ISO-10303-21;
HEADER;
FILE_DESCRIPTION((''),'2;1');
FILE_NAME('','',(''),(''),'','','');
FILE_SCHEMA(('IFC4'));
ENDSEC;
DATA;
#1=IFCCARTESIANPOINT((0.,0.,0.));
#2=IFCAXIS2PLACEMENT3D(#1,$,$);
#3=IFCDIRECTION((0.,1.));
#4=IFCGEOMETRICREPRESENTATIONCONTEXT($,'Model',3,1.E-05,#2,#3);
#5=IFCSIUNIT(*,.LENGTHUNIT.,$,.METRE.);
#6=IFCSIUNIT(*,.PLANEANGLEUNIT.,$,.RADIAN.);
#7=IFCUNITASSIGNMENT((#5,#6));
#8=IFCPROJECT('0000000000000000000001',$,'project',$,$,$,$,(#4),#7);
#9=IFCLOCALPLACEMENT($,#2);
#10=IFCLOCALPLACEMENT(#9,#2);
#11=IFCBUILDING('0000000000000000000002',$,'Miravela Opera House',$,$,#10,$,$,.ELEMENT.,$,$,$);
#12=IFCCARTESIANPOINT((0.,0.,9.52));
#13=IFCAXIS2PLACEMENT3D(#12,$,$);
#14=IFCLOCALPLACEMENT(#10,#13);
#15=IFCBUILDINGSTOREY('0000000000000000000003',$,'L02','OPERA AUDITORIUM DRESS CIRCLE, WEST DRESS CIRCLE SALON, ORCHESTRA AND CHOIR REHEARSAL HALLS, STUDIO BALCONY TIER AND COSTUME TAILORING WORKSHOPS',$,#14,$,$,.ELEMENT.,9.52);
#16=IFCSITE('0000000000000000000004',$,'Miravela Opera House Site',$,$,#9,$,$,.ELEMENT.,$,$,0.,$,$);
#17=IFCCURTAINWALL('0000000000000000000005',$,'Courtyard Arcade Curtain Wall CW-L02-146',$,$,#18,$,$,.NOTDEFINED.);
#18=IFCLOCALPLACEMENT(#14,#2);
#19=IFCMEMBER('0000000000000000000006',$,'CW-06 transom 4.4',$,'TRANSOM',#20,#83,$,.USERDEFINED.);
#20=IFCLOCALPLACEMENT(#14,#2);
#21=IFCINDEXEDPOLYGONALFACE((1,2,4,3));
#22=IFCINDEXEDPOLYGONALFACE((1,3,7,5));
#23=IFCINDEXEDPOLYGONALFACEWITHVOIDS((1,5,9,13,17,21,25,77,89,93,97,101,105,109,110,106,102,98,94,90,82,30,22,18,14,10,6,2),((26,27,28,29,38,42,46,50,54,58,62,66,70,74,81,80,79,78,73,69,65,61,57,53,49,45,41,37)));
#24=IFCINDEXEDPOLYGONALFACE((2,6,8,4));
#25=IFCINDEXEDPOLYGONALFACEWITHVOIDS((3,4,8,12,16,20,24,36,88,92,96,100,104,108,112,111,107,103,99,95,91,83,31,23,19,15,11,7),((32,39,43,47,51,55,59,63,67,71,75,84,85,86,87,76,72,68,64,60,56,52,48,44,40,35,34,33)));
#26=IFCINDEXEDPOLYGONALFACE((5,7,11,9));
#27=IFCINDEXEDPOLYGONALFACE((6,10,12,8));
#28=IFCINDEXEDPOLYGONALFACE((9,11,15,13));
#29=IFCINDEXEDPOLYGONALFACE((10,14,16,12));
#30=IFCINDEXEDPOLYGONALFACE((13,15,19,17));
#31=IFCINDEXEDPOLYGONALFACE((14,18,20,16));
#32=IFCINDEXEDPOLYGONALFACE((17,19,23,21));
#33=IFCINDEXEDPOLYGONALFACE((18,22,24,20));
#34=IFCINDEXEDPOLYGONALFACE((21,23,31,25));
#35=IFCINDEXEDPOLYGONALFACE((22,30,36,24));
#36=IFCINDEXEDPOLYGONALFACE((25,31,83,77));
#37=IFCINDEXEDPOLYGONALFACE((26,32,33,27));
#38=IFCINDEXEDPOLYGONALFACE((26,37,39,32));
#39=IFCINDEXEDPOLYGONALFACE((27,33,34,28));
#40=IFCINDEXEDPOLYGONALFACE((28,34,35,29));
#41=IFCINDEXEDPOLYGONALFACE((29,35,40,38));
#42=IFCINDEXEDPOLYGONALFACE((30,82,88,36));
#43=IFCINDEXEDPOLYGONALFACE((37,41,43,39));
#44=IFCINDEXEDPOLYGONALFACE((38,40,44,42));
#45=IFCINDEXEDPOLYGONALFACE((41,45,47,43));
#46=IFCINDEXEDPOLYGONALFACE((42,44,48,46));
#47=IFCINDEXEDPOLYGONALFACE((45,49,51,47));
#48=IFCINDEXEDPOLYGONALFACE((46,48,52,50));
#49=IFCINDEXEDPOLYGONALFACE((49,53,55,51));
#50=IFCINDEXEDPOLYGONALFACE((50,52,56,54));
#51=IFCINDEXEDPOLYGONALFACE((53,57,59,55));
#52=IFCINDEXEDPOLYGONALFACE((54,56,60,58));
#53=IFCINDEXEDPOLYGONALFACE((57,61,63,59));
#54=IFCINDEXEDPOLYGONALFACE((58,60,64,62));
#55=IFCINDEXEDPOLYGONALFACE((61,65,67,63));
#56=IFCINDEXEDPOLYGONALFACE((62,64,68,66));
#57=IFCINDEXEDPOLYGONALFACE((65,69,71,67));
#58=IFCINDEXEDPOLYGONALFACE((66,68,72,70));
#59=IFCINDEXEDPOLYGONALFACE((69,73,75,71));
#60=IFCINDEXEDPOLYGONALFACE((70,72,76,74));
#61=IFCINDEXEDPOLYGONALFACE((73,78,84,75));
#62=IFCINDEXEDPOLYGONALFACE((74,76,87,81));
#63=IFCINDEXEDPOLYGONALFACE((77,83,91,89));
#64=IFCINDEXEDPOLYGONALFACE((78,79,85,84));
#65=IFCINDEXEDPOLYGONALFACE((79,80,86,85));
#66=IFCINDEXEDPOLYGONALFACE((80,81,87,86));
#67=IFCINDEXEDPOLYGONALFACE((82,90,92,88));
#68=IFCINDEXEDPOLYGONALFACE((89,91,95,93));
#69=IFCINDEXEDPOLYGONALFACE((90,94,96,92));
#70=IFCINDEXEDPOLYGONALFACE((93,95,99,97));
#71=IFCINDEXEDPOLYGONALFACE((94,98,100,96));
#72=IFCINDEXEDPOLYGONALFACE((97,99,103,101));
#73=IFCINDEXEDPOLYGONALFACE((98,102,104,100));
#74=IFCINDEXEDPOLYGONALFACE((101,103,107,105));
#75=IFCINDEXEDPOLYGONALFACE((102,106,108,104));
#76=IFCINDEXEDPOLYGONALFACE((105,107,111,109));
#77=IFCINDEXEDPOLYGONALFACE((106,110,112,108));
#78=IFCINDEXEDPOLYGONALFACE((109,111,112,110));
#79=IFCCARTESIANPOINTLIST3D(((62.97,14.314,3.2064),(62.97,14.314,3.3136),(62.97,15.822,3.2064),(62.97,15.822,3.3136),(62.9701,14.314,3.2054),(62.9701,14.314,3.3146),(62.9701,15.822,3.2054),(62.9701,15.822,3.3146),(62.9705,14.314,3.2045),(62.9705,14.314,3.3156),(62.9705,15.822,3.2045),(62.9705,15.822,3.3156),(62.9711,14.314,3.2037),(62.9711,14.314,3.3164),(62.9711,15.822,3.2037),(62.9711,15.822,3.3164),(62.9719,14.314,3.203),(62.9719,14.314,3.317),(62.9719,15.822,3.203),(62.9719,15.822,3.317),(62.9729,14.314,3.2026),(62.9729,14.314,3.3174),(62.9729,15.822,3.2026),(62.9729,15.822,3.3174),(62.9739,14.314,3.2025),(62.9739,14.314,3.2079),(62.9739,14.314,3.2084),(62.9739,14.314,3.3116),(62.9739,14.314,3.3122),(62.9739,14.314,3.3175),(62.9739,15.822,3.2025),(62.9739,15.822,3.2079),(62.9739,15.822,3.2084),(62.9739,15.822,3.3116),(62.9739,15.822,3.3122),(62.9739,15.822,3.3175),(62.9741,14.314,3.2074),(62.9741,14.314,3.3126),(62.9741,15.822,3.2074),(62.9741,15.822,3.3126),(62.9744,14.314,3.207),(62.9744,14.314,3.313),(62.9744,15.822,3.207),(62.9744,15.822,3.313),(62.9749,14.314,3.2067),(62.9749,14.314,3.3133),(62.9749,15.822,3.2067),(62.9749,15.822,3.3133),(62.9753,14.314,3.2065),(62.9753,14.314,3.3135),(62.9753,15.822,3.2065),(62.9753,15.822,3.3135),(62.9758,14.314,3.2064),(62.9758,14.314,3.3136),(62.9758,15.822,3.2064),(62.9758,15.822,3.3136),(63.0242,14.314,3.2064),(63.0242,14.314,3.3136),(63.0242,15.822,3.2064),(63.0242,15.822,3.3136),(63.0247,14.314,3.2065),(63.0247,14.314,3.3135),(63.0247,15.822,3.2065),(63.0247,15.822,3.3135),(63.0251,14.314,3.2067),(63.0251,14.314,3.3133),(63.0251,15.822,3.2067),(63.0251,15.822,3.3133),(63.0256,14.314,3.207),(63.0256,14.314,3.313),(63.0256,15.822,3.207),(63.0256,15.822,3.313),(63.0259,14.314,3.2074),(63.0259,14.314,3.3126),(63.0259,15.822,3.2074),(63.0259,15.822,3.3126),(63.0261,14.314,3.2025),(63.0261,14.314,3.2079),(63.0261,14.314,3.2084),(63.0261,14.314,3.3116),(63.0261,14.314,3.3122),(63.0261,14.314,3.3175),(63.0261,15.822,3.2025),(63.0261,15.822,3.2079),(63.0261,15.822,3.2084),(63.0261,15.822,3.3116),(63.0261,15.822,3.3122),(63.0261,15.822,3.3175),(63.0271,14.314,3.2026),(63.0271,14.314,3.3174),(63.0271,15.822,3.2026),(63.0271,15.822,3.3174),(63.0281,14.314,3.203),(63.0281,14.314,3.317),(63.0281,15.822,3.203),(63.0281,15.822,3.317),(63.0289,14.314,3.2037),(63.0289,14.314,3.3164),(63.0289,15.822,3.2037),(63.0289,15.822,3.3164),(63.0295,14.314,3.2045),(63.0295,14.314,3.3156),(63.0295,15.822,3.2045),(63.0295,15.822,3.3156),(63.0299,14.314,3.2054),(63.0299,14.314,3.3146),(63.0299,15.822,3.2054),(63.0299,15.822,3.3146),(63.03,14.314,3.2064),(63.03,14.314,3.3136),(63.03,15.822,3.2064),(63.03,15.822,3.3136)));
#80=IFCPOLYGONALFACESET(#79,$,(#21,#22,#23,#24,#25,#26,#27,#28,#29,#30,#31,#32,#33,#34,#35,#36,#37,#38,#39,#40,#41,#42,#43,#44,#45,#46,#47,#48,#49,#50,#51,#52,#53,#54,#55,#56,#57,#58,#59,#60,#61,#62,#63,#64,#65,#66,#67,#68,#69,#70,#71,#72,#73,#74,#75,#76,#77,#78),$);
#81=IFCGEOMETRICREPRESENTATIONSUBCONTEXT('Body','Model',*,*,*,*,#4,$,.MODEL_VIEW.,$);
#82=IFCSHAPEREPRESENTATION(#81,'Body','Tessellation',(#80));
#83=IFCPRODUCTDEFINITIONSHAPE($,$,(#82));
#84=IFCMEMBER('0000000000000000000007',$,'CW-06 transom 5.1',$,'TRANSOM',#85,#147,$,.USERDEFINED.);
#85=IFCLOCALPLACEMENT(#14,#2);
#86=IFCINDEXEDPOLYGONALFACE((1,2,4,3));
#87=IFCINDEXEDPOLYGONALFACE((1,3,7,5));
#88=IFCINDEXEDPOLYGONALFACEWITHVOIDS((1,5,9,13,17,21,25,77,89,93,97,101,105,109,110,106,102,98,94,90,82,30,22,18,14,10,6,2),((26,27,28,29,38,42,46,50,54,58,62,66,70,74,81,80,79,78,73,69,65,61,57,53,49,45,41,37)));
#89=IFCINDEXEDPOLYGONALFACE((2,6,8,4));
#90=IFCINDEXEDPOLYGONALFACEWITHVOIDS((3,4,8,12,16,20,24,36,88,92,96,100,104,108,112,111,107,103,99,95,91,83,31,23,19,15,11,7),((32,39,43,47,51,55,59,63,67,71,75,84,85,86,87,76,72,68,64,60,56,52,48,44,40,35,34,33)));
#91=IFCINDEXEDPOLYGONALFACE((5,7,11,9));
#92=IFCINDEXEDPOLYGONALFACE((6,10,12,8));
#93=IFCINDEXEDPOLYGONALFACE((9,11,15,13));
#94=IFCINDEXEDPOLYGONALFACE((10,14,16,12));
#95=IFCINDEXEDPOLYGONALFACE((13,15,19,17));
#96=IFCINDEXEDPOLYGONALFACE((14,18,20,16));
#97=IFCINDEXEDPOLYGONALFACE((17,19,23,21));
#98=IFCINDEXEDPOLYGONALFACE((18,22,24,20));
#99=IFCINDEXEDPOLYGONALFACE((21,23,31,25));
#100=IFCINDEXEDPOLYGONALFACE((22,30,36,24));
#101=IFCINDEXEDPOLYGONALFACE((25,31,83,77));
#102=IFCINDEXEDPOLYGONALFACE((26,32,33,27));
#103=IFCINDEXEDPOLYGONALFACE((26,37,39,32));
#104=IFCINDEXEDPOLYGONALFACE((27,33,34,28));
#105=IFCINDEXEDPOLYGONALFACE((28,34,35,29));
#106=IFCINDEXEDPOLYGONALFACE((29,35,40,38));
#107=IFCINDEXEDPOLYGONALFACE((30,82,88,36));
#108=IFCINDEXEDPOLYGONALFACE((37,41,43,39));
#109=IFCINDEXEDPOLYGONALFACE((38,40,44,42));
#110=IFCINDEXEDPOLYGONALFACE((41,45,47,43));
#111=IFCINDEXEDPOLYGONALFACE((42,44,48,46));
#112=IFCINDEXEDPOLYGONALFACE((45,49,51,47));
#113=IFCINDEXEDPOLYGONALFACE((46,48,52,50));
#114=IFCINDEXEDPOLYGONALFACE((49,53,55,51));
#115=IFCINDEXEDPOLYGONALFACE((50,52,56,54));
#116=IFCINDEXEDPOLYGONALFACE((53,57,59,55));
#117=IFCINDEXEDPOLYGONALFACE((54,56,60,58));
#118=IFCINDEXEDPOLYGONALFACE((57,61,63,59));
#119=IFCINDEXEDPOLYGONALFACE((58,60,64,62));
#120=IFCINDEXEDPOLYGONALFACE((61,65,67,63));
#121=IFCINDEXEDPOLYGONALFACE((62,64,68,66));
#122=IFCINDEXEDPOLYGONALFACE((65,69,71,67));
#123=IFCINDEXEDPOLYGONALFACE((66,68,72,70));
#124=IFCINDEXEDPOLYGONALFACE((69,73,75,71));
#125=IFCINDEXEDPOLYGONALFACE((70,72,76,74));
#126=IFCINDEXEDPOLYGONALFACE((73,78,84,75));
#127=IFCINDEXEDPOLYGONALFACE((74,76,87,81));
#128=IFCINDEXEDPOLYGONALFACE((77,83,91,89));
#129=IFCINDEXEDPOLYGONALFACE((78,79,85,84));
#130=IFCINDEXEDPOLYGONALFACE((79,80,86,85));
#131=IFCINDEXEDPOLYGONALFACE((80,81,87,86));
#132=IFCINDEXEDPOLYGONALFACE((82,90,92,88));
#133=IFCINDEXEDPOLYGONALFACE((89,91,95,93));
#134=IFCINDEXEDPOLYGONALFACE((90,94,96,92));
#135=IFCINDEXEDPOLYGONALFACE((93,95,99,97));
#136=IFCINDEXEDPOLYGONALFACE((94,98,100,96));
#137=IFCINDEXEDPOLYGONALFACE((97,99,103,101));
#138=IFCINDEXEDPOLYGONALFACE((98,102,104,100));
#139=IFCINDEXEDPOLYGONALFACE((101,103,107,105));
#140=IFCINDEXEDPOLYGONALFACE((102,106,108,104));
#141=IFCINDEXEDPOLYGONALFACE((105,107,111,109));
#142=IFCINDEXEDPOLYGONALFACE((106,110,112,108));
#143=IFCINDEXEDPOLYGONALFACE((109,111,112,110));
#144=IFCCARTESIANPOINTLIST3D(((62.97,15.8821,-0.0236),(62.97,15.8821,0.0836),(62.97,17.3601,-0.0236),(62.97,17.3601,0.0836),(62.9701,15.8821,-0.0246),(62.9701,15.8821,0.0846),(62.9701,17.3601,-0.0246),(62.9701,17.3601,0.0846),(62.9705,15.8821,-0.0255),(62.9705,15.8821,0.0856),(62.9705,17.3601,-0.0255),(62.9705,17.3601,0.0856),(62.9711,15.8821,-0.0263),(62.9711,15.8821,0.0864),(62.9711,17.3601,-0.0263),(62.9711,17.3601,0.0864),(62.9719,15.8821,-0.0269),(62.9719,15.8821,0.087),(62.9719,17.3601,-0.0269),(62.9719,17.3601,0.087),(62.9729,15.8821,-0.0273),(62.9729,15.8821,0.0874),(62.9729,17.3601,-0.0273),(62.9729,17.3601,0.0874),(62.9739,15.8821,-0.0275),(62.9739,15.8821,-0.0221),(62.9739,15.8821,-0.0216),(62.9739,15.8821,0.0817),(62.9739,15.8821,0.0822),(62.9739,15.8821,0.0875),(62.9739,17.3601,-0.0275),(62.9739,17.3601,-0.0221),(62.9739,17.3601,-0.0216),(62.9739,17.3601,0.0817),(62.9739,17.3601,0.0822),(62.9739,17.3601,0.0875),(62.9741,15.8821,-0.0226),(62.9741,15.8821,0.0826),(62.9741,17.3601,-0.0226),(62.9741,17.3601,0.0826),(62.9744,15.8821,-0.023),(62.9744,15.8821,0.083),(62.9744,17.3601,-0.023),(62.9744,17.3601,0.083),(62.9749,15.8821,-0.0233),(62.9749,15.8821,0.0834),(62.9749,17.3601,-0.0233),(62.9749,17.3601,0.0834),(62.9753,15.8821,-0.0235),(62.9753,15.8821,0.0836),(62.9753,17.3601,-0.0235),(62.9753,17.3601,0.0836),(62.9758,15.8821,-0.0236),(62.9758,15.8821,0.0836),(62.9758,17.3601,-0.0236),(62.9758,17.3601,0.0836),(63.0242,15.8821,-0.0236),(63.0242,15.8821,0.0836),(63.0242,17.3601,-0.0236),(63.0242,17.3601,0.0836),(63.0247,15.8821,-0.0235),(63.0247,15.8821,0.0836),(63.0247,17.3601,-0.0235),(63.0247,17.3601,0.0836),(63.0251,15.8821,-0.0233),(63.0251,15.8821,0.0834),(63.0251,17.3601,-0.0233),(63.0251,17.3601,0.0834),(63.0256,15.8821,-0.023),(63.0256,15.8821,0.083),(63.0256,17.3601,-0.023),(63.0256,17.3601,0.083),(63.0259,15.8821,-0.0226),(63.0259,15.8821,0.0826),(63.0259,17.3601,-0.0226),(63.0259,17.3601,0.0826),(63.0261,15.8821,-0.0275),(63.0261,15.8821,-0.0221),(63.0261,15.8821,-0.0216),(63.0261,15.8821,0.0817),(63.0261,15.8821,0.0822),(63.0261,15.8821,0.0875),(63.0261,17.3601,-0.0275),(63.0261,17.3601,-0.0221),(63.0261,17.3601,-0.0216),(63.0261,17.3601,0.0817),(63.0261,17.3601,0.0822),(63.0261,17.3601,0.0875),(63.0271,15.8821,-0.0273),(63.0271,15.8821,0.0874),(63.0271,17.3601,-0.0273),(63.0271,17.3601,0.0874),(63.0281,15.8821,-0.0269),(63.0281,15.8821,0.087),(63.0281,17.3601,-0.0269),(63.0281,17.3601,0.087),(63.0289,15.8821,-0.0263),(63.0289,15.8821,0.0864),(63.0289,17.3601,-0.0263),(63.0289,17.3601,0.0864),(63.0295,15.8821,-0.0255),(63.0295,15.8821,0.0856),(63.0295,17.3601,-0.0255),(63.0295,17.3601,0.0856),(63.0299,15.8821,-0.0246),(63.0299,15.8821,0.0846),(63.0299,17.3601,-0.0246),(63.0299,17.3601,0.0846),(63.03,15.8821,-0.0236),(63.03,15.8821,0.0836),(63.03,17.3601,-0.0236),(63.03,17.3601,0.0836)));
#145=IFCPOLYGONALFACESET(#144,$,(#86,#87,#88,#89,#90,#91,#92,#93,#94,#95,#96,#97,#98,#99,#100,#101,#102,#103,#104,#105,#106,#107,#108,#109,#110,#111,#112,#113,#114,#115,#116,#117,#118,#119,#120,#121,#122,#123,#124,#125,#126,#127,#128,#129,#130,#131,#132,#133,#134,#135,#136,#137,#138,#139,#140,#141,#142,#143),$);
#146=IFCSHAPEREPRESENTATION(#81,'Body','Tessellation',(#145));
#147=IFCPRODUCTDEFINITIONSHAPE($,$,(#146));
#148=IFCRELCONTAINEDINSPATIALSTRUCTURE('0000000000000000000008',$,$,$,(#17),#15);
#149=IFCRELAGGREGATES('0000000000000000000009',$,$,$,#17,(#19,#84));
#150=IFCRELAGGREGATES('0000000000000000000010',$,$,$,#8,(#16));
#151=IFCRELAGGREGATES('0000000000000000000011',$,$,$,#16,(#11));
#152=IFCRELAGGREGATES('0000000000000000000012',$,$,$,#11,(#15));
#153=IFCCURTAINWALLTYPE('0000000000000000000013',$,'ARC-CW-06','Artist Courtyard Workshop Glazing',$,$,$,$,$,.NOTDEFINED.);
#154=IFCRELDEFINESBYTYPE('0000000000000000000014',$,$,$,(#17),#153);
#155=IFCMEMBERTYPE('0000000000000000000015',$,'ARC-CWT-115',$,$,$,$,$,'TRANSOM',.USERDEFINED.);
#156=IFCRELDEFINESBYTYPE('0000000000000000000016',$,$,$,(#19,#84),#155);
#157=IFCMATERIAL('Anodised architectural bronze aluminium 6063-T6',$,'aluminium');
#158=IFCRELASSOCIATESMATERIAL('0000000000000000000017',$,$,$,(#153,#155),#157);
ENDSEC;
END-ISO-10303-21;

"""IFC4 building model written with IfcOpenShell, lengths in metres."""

from ifc_helpers import new_model, si_unit, direction, frame, origin, origin_2d, place, context, subcontext, project, spatial, hollow_rectangle, extrude, material, material_profile, profile_set, type_object, element, aggregate, save


model = new_model("IFC4")

# Units and contexts
model_context = context("Model", 3, precision=1e-05, world=origin(), true_north=direction((0.0, 1.0)))
body_context = subcontext(model_context, "Body", "Model", "MODEL_VIEW")
ifc_project = project(units=[si_unit("LENGTHUNIT", "METRE"), si_unit("PLANEANGLEUNIT", "RADIAN")], contexts=[model_context])

# Site, building, storey
site_placement = place(None, origin())
site = spatial("IfcSite", under=ifc_project, at=site_placement, Name="Miravela Opera House Site", CompositionType="ELEMENT", RefElevation=0.0)
building_placement = place(site_placement, origin())
building = spatial("IfcBuilding", under=site, at=building_placement, Name="Miravela Opera House", CompositionType="ELEMENT")
storey_placement = place(building_placement, frame((0.0, 0.0, 9.52)))
storey = spatial("IfcBuildingStorey", under=building, at=storey_placement, Name="L02", Description="OPERA AUDITORIUM DRESS CIRCLE, WEST DRESS CIRCLE SALON, ORCHESTRA AND CHOIR REHEARSAL HALLS, STUDIO BALCONY TIER AND COSTUME TAILORING WORKSHOPS", CompositionType="ELEMENT", Elevation=9.52)

# Curtain wall
ifc_material_1 = material(Name="Anodised architectural bronze aluminium 6063-T6", Category="aluminium")
curtain_wall_type = type_object("IfcCurtainWallType", Name="ARC-CW-06", Description="Artist Courtyard Workshop Glazing", PredefinedType="NOTDEFINED", material=ifc_material_1)
curtain_wall_1_placement = place(storey_placement, origin())
curtain_wall_1 = element("IfcCurtainWall", 1, at=curtain_wall_1_placement, inside=storey, type_object=curtain_wall_type, Name="Courtyard Arcade Curtain Wall CW-L02-146", PredefinedType="NOTDEFINED")

# Members
ifc_material_profile_1 = material_profile(ifc_material_1, hollow_rectangle(XDim=0.0601, YDim=0.115, WallThickness=0.0039, InnerFilletRadius=0.002, OuterFilletRadius=0.0039, at=origin_2d()), Name="CWT-60X115")
ifc_profile_set_1 = profile_set([ifc_material_profile_1])
member_type_1 = type_object("IfcMemberType", Name="ARC-CWT-115", ElementType="TRANSOM", PredefinedType="USERDEFINED", material=ifc_profile_set_1)
member_1_placement = place(storey_placement, frame((63.0, 14.314, 3.26), z_axis=(0.0, 1.0, 0.0), x_axis=(-1.0, 0.0, 0.0)))
member_1 = element("IfcMember", 2, at=member_1_placement, type_object=member_type_1, Name="CW-06 transom 4.4", ObjectType="TRANSOM", PredefinedType="USERDEFINED", context=body_context, shape_type="SweptSolid", body=[
    extrude(hollow_rectangle(XDim=0.0601, YDim=0.115, WallThickness=0.0039, InnerFilletRadius=0.002, OuterFilletRadius=0.0039, at=origin_2d()), origin(), (0.0, 0.0, 1.0), 1.5081),
])
member_2_placement = place(storey_placement, frame((63.0, 15.8821, 0.03), z_axis=(0.0, 1.0, 0.0), x_axis=(-1.0, 0.0, 0.0)))
member_2 = element("IfcMember", 3, at=member_2_placement, type_object=member_type_1, Name="CW-06 transom 5.1", ObjectType="TRANSOM", PredefinedType="USERDEFINED", context=body_context, shape_type="SweptSolid", body=[
    extrude(hollow_rectangle(XDim=0.0601, YDim=0.115, WallThickness=0.0039, InnerFilletRadius=0.002, OuterFilletRadius=0.0039, at=origin_2d()), origin(), (0.0, 0.0, 1.0), 1.478),
])

aggregate(curtain_wall_1, [member_1, member_2])

save(model, "model.ifc")
